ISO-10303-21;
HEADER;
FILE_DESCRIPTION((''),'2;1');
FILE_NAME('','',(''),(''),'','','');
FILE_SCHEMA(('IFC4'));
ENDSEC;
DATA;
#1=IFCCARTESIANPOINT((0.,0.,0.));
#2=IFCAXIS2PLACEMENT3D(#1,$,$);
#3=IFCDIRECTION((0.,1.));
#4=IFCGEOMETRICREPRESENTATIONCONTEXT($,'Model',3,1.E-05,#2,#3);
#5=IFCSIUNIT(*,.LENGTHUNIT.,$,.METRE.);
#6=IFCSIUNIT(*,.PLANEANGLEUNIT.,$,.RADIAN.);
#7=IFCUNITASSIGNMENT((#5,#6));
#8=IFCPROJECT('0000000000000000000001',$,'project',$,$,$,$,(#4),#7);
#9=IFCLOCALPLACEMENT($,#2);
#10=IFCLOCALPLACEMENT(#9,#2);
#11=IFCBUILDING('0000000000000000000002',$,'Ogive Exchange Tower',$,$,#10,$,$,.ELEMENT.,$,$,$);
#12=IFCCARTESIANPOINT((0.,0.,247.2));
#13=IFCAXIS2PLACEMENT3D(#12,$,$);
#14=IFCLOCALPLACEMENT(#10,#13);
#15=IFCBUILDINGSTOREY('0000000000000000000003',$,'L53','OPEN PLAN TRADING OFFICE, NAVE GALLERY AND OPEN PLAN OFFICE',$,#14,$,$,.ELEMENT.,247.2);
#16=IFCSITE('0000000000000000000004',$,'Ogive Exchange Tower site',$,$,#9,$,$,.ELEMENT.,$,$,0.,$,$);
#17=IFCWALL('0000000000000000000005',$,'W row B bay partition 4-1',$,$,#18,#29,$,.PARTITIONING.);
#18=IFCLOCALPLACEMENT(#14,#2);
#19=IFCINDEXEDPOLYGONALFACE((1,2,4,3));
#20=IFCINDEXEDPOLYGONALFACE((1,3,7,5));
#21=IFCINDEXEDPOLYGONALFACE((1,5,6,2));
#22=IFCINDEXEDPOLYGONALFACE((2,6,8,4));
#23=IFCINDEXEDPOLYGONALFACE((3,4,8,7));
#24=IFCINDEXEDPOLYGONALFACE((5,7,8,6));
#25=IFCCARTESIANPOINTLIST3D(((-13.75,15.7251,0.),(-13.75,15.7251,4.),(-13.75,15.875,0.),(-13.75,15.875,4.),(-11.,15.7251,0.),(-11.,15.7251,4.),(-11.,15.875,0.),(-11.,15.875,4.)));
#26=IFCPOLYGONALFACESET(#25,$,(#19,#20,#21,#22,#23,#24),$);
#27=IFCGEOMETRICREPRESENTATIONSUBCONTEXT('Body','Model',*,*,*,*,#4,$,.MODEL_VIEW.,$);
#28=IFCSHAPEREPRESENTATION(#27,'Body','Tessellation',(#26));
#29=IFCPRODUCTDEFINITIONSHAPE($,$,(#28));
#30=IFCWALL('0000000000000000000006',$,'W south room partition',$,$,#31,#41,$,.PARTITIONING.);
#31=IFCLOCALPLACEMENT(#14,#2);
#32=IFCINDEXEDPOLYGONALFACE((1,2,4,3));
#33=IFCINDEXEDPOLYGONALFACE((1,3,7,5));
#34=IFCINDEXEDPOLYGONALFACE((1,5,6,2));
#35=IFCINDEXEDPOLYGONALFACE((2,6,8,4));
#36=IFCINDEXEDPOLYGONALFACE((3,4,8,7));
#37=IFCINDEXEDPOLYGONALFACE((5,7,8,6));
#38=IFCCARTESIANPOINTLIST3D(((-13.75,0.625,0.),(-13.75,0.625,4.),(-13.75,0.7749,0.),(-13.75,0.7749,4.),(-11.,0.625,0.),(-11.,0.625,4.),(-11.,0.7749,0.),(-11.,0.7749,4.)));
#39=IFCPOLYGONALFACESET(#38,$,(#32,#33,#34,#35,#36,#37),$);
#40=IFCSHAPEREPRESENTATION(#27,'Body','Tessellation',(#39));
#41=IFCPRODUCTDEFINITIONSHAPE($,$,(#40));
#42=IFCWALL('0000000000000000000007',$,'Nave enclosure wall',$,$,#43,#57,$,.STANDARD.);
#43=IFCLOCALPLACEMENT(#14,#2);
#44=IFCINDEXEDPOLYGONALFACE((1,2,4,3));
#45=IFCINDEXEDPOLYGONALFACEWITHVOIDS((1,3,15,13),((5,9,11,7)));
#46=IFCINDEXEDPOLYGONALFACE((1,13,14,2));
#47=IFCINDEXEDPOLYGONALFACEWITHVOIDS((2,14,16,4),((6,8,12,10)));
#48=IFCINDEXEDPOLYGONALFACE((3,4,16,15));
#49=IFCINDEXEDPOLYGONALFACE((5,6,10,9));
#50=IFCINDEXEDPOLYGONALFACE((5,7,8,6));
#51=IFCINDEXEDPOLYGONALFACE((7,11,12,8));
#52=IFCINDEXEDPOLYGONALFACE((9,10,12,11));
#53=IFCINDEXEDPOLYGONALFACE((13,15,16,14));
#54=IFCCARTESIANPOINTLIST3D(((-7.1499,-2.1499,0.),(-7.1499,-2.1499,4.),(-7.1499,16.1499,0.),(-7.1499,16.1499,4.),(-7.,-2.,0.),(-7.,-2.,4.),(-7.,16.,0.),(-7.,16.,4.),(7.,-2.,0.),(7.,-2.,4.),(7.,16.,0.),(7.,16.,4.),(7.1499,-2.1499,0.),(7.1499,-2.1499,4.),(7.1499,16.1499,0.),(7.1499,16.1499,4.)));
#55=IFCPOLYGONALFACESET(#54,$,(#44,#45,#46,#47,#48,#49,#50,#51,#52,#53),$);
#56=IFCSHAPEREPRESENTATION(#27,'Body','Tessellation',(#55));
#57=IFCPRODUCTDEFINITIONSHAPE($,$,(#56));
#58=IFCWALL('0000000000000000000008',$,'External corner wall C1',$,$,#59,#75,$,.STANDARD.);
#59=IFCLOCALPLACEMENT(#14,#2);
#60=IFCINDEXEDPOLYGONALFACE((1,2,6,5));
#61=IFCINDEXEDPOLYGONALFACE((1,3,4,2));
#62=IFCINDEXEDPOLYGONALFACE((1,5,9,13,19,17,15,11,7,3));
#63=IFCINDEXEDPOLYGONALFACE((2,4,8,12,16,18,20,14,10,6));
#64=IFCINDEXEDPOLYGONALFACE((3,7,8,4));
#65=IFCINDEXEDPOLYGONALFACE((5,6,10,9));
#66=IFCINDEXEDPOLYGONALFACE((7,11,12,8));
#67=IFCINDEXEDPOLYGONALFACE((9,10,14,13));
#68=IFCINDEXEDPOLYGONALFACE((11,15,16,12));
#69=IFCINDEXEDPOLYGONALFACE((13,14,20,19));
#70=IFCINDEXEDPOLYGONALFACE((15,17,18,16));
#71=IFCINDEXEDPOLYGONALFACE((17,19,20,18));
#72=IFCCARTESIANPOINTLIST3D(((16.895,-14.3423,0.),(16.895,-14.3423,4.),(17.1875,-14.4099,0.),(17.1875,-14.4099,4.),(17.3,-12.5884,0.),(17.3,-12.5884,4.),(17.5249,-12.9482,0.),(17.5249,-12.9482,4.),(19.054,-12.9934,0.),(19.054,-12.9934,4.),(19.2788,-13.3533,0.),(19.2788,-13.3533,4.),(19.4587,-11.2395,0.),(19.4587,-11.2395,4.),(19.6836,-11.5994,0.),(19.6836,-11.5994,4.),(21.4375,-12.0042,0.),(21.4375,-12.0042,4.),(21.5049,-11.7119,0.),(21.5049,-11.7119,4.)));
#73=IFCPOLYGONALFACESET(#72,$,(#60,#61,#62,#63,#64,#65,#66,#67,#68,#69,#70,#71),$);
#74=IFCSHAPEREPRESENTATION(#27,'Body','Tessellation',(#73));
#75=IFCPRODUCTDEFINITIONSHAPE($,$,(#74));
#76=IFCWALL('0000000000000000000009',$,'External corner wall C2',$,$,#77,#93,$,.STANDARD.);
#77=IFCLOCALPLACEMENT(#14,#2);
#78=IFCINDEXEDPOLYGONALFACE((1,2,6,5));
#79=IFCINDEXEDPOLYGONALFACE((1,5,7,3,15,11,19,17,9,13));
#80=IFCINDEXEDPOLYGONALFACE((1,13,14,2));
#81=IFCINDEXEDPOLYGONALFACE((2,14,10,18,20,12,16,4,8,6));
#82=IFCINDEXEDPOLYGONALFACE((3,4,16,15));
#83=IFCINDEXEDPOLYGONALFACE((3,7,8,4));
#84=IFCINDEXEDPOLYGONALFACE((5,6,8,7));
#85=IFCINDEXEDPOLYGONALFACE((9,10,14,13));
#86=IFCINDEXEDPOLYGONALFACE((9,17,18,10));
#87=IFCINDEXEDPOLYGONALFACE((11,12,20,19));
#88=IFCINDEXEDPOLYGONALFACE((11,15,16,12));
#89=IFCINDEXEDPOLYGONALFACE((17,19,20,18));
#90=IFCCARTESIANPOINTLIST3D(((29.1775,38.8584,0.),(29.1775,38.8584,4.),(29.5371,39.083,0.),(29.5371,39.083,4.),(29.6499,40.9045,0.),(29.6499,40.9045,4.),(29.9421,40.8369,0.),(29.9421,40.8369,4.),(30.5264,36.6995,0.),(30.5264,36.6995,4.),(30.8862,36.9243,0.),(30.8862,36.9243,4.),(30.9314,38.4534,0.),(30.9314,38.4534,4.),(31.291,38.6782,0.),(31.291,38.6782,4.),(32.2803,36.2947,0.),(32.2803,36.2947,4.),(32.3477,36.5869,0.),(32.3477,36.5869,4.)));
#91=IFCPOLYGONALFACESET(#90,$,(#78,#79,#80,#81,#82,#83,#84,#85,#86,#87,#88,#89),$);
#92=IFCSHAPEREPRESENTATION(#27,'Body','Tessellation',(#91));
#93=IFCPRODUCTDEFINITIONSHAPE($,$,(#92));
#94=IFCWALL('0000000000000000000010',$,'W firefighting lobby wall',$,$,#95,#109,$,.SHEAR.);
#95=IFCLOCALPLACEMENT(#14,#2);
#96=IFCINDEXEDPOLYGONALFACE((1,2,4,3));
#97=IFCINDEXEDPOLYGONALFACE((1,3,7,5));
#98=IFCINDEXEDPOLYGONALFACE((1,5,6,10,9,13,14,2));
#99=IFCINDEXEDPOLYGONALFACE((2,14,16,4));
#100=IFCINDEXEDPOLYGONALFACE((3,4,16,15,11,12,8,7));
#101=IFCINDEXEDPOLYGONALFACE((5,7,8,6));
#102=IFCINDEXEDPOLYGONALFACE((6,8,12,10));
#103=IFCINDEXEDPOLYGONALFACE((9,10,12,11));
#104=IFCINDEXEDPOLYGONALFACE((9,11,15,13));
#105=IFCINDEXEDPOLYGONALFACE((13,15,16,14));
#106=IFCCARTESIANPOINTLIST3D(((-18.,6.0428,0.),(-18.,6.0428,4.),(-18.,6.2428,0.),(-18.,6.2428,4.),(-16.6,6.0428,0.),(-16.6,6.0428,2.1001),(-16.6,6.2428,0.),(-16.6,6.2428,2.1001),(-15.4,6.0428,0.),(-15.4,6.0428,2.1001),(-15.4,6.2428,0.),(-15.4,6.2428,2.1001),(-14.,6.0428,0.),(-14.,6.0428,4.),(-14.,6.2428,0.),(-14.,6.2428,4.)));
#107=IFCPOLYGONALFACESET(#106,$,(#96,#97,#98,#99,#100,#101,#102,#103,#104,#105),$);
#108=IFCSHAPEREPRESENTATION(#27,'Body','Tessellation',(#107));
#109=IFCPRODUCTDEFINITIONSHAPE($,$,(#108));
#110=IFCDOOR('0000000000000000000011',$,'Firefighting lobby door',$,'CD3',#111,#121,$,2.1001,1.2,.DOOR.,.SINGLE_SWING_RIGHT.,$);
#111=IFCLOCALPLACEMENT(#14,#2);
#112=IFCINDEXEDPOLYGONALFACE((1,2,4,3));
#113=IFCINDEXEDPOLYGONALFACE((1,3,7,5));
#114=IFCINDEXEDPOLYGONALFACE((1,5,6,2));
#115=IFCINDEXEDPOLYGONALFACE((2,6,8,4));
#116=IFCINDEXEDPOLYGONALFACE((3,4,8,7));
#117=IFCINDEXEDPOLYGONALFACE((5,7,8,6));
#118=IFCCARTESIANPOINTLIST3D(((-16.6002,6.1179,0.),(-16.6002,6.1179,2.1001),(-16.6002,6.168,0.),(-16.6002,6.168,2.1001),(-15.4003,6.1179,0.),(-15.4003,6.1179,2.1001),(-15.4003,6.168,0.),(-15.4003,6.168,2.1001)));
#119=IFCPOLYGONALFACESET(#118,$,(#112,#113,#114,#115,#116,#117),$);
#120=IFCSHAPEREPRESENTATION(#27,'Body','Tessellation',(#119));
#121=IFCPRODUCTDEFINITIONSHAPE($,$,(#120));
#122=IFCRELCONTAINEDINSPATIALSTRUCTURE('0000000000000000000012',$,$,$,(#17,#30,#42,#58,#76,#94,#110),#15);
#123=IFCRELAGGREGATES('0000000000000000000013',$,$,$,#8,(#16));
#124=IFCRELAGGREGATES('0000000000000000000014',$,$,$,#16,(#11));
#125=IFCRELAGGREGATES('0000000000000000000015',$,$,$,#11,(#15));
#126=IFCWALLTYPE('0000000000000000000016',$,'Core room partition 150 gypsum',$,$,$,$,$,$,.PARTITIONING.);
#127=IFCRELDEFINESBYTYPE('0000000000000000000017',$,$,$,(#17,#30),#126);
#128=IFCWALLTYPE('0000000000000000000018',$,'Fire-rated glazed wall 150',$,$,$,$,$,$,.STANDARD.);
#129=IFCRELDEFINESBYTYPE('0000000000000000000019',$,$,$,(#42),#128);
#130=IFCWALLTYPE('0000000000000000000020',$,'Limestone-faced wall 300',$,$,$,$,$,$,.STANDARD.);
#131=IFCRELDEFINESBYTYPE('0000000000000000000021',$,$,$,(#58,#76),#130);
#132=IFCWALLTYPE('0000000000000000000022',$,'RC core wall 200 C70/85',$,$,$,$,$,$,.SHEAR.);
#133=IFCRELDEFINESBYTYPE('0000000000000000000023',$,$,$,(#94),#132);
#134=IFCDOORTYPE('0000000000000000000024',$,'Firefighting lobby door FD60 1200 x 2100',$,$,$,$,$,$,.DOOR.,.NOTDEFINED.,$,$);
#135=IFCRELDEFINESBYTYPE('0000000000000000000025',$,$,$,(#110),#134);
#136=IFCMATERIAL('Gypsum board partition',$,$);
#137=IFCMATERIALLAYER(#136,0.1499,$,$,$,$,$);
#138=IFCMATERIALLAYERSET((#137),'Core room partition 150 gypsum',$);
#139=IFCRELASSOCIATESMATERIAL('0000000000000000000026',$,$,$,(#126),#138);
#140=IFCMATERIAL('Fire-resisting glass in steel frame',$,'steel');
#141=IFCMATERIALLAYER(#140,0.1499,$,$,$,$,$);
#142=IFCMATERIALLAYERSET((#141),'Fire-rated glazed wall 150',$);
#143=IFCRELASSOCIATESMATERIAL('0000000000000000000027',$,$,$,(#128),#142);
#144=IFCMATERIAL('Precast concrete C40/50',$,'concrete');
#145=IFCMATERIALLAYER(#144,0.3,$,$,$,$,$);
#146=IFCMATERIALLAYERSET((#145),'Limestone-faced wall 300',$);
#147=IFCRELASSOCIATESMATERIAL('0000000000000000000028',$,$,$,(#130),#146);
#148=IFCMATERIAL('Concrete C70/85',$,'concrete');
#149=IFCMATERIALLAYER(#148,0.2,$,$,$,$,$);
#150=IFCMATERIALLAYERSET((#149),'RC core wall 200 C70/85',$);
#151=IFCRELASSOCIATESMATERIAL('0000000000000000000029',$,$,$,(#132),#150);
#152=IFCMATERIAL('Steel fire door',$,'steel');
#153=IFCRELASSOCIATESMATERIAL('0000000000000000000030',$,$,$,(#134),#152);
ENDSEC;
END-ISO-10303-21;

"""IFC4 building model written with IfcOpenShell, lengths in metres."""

from ifc_helpers import new_model, si_unit, direction, frame, frame_2d, origin, place, context, subcontext, project, spatial, polyline, rectangle, outline, extrude, material, layer, layer_set, type_object, element, fill, save


model = new_model("IFC4")

# Units and contexts
model_context = context("Model", 3, precision=1e-05, world=origin(), true_north=direction((0.0, 1.0)))
body_context = subcontext(model_context, "Body", "Model", "MODEL_VIEW")
ifc_project = project(units=[si_unit("LENGTHUNIT", "METRE"), si_unit("PLANEANGLEUNIT", "RADIAN")], contexts=[model_context])

# Site, building, storey
site_placement = place(None, origin())
site = spatial("IfcSite", under=ifc_project, at=site_placement, Name="Ogive Exchange Tower site", CompositionType="ELEMENT", RefElevation=0.0)
building_placement = place(site_placement, origin())
building = spatial("IfcBuilding", under=site, at=building_placement, Name="Ogive Exchange Tower", CompositionType="ELEMENT")
storey_placement = place(building_placement, frame((0.0, 0.0, 247.2)))
storey = spatial("IfcBuildingStorey", under=building, at=storey_placement, Name="L53", Description="OPEN PLAN TRADING OFFICE, NAVE GALLERY AND OPEN PLAN OFFICE", CompositionType="ELEMENT", Elevation=247.2)

# Walls
ifc_material_1 = material(Name="Gypsum board partition")
ifc_layer_1 = layer(ifc_material_1, 0.1499)
ifc_layer_set_1 = layer_set([ifc_layer_1], Name="Core room partition 150 gypsum")
wall_type_1 = type_object("IfcWallType", Name="Core room partition 150 gypsum", PredefinedType="PARTITIONING", material=ifc_layer_set_1)
for number, where, z_axis, x_axis, name in (
    (1, (-13.75, 15.8, 0.0), (0.0, 0.0, 1.0), (1.0, 0.0, 0.0), "W row B bay partition 4-1"),
    (2, (-13.75, 0.7, 0.0), (0.0, 0.0, 1.0), (1.0, 0.0, 0.0), "W south room partition"),
):
    element("IfcWall", number, at=place(storey_placement, frame(where, z_axis=z_axis, x_axis=x_axis)), inside=storey, type_object=wall_type_1, Name=name, PredefinedType="PARTITIONING", context=body_context, shape_type="SweptSolid", body=[
        extrude(rectangle(XDim=2.75, YDim=0.1499, at=frame_2d((1.375, 0.0))), origin(), (0.0, 0.0, 1.0), 4.0),
    ])
ifc_material_2 = material(Name="Fire-resisting glass in steel frame", Category="steel")
ifc_layer_2 = layer(ifc_material_2, 0.1499)
ifc_layer_set_2 = layer_set([ifc_layer_2], Name="Fire-rated glazed wall 150")
wall_type_2 = type_object("IfcWallType", Name="Fire-rated glazed wall 150", PredefinedType="STANDARD", material=ifc_layer_set_2)
wall_1_placement = place(storey_placement, origin())
element("IfcWall", 3, at=wall_1_placement, inside=storey, type_object=wall_type_2, Name="Nave enclosure wall", PredefinedType="STANDARD", context=body_context, shape_type="SweptSolid", body=[
    extrude(outline(polyline([(-7.1499, -2.1499), (7.1499, -2.1499), (7.1499, 16.1499), (-7.1499, 16.1499), (-7.1499, -2.1499)]), holes=[polyline([(-7.0, -2.0), (-7.0, 16.0), (7.0, 16.0), (7.0, -2.0), (-7.0, -2.0)])]), origin(), (0.0, 0.0, 1.0), 4.0),
])
ifc_material_3 = material(Name="Precast concrete C40/50", Category="concrete")
ifc_layer_3 = layer(ifc_material_3, 0.3)
ifc_layer_set_3 = layer_set([ifc_layer_3], Name="Limestone-faced wall 300")
wall_type_3 = type_object("IfcWallType", Name="Limestone-faced wall 300", PredefinedType="STANDARD", material=ifc_layer_set_3)
wall_2_placement = place(storey_placement, origin())
element("IfcWall", 4, at=wall_2_placement, inside=storey, type_object=wall_type_3, Name="External corner wall C1", PredefinedType="STANDARD", context=body_context, shape_type="SweptSolid", body=[
    extrude(outline(polyline([(19.054, -12.9934), (19.4587, -11.2395), (21.5049, -11.7119), (21.4375, -12.0042), (19.6836, -11.5994), (19.2788, -13.3533), (17.5249, -12.9482), (17.1875, -14.4099), (16.895, -14.3423), (17.3, -12.5884), (19.054, -12.9934)])), origin(), (0.0, 0.0, 1.0), 4.0),
])
wall_3_placement = place(storey_placement, origin())
element("IfcWall", 5, at=wall_3_placement, inside=storey, type_object=wall_type_3, Name="External corner wall C2", PredefinedType="STANDARD", context=body_context, shape_type="SweptSolid", body=[
    extrude(outline(polyline([(30.9314, 38.4534), (29.1775, 38.8584), (29.6499, 40.9045), (29.9421, 40.8369), (29.5371, 39.083), (31.291, 38.6782), (30.8862, 36.9243), (32.3477, 36.5869), (32.2803, 36.2947), (30.5264, 36.6995), (30.9314, 38.4534)])), origin(), (0.0, 0.0, 1.0), 4.0),
])

# Wall, opening, door
ifc_material_4 = material(Name="Concrete C70/85", Category="concrete")
ifc_layer_4 = layer(ifc_material_4, 0.2)
ifc_layer_set_4 = layer_set([ifc_layer_4], Name="RC core wall 200 C70/85")
wall_type_4 = type_object("IfcWallType", Name="RC core wall 200 C70/85", PredefinedType="SHEAR", material=ifc_layer_set_4)
wall_4_placement = place(storey_placement, frame((-18.0, 6.1428, 0.0), z_axis=(0.0, 0.0, 1.0), x_axis=(1.0, 0.0, 0.0)))
wall_4 = element("IfcWall", 6, at=wall_4_placement, inside=storey, type_object=wall_type_4, Name="W firefighting lobby wall", PredefinedType="SHEAR", context=body_context, shape_type="SweptSolid", body=[
    extrude(rectangle(XDim=4.0, YDim=0.2, at=frame_2d((2.0, 0.0))), origin(), (0.0, 0.0, 1.0), 4.0),
])
opening_1_placement = place(wall_4_placement, frame((1.3999, 0.0, 0.0)))
opening_1 = element("IfcOpeningElement", 7, at=opening_1_placement, cuts=wall_4, PredefinedType="OPENING", context=body_context, shape_type="SweptSolid", body=[
    extrude(rectangle(XDim=1.2, YDim=2.1001, at=frame_2d((0.6001, 1.05))), frame((0.0, 0.1099, 0.0), z_axis=(0.0, -1.0, 0.0), x_axis=(1.0, 0.0, 0.0)), (0.0, 0.0, 1.0), 0.22),
])
ifc_material_5 = material(Name="Steel fire door", Category="steel")
door_type_1 = type_object("IfcDoorType", Name="Firefighting lobby door FD60 1200 x 2100", OperationType="NOTDEFINED", PredefinedType="DOOR", material=ifc_material_5)
door_1_placement = place(opening_1_placement, frame((1.2, 0.0, 0.0), z_axis=(0.0, 0.0, 1.0), x_axis=(-1.0, 0.0, 0.0)))
door_1 = element("IfcDoor", 8, at=door_1_placement, inside=storey, type_object=door_type_1, Name="Firefighting lobby door", ObjectType="CD3", OperationType="SINGLE_SWING_RIGHT", OverallHeight=2.1001, OverallWidth=1.2, PredefinedType="DOOR", context=body_context, shape_type="SweptSolid", body=[
    extrude(rectangle(XDim=1.2, YDim=2.1001, at=frame_2d((0.6001, 1.05))), frame((0.0, 0.0249, 0.0), z_axis=(0.0, -1.0, 0.0), x_axis=(1.0, 0.0, 0.0)), (0.0, 0.0, 1.0), 0.05),
])
fill(opening_1, door_1)

save(model, "model.ifc")
